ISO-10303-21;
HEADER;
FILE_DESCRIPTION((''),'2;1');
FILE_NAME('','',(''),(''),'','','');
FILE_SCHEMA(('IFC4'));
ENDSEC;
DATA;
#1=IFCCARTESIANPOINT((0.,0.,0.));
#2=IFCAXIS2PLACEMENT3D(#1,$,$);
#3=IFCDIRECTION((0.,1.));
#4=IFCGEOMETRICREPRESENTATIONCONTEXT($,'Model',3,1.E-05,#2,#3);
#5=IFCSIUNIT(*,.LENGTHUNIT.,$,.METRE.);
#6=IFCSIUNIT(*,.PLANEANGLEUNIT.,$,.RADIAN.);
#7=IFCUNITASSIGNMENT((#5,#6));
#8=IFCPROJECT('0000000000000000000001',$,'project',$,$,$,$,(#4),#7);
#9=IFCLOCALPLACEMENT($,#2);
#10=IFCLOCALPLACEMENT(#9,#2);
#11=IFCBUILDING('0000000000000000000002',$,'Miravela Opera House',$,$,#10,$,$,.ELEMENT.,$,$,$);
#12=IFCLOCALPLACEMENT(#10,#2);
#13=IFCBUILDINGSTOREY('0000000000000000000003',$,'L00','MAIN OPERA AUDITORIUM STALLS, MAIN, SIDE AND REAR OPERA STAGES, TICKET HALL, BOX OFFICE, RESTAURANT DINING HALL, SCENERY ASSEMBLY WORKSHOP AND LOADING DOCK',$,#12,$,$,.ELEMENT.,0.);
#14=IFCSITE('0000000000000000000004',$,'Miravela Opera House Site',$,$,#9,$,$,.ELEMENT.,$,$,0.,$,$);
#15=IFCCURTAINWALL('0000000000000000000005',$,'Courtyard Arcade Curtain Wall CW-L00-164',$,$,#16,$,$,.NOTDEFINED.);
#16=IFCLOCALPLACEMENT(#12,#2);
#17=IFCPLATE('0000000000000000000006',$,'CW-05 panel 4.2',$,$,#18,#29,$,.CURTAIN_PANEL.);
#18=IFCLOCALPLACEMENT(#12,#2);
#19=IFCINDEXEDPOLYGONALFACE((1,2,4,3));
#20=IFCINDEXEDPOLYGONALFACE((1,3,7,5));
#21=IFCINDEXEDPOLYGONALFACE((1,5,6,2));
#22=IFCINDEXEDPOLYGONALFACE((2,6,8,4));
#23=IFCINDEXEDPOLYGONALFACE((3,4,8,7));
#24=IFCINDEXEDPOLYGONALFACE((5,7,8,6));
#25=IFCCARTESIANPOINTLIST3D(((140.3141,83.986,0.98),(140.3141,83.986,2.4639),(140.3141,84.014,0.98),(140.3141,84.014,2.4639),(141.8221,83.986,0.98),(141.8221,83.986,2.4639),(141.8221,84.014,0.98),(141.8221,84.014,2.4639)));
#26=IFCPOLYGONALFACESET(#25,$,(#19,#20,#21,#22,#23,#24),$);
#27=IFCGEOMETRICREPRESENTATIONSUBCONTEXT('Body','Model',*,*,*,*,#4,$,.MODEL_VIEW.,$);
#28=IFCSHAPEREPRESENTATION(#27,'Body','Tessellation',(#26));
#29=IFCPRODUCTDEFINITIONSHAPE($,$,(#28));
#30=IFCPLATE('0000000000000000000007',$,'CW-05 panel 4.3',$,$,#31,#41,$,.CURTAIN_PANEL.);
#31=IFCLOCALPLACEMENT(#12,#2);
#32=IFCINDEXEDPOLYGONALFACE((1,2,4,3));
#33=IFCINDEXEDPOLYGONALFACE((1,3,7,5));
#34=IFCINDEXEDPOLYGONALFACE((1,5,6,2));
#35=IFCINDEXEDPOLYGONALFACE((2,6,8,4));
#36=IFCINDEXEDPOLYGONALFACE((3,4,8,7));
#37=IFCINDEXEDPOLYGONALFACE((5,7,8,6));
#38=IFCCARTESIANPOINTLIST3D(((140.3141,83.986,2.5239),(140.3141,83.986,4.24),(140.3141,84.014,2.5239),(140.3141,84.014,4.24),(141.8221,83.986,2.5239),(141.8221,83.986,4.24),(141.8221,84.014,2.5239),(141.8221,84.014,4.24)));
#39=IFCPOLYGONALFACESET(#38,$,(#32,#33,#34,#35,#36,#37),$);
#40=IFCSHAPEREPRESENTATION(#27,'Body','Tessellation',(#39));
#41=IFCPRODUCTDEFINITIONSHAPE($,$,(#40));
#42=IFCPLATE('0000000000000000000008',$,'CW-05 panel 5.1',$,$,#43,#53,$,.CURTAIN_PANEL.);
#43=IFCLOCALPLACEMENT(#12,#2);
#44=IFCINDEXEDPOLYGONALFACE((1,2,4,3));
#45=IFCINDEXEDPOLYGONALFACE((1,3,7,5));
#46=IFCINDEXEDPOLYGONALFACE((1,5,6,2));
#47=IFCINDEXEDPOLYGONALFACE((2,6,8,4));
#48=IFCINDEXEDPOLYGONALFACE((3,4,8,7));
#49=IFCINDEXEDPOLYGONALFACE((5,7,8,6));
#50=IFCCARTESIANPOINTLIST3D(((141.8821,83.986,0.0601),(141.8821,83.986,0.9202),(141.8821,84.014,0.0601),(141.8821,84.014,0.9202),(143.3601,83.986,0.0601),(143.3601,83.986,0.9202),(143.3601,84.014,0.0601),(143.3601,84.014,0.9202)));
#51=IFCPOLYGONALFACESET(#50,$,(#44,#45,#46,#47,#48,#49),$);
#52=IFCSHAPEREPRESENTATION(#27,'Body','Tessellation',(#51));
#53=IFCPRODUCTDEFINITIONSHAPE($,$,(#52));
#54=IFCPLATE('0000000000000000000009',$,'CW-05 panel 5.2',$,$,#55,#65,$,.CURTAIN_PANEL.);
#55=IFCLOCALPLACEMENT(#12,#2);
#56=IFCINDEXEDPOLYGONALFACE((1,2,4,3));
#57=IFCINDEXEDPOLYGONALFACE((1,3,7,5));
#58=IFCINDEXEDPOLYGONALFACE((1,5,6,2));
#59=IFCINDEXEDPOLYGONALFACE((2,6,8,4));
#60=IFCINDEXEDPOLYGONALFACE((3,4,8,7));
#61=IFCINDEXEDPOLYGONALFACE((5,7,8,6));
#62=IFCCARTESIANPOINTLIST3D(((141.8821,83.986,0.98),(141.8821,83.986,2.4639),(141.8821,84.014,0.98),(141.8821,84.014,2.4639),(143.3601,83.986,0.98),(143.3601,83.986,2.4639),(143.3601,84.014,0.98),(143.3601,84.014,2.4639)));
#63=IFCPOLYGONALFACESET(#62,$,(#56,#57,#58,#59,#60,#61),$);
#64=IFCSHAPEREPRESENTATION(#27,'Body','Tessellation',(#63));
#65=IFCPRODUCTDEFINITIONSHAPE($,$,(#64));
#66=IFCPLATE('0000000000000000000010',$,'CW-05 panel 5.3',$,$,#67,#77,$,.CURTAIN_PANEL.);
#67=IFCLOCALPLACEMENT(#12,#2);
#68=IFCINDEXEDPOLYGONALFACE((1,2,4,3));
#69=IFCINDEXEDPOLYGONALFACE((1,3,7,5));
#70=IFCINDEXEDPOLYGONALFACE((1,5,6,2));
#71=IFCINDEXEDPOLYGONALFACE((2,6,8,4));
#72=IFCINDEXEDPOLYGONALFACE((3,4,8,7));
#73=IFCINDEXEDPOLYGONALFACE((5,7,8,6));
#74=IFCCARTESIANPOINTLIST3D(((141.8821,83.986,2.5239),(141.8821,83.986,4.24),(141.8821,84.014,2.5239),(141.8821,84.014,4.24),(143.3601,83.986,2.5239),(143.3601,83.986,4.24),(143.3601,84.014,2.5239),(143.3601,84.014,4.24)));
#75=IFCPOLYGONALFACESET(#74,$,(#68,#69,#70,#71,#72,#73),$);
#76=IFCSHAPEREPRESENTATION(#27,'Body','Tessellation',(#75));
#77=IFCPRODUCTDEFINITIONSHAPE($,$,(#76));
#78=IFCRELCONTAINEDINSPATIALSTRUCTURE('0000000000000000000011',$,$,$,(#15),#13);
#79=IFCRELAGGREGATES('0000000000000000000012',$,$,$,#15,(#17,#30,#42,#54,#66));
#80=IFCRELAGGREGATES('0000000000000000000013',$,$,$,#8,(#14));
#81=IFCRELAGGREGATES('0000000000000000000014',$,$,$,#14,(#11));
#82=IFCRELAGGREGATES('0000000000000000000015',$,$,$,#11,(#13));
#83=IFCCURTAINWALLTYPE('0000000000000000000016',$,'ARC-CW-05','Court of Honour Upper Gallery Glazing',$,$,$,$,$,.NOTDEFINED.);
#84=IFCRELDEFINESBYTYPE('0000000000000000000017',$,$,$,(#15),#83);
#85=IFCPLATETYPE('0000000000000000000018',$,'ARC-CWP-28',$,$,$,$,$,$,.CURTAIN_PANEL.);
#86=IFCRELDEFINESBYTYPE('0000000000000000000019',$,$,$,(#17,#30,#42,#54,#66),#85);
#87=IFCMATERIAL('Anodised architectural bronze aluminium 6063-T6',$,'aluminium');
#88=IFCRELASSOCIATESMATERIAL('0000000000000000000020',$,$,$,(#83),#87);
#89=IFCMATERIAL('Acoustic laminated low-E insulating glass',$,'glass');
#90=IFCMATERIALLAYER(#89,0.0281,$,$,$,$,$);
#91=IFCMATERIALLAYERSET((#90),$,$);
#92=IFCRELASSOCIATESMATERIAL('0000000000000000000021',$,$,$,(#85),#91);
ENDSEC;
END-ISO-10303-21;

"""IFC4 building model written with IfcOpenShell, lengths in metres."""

from ifc_helpers import new_model, si_unit, direction, frame, origin, origin_2d, place, context, subcontext, project, spatial, rectangle, extrude, material, layer, layer_set, type_object, element, aggregate, save


model = new_model("IFC4")

# Units and contexts
model_context = context("Model", 3, precision=1e-05, world=origin(), true_north=direction((0.0, 1.0)))
body_context = subcontext(model_context, "Body", "Model", "MODEL_VIEW")
ifc_project = project(units=[si_unit("LENGTHUNIT", "METRE"), si_unit("PLANEANGLEUNIT", "RADIAN")], contexts=[model_context])

# Site, building, storey
site_placement = place(None, origin())
site = spatial("IfcSite", under=ifc_project, at=site_placement, Name="Miravela Opera House Site", CompositionType="ELEMENT", RefElevation=0.0)
building_placement = place(site_placement, origin())
building = spatial("IfcBuilding", under=site, at=building_placement, Name="Miravela Opera House", CompositionType="ELEMENT")
storey_placement = place(building_placement, origin())
storey = spatial("IfcBuildingStorey", under=building, at=storey_placement, Name="L00", Description="MAIN OPERA AUDITORIUM STALLS, MAIN, SIDE AND REAR OPERA STAGES, TICKET HALL, BOX OFFICE, RESTAURANT DINING HALL, SCENERY ASSEMBLY WORKSHOP AND LOADING DOCK", CompositionType="ELEMENT", Elevation=0.0)

# Curtain wall, plates
ifc_material_1 = material(Name="Anodised architectural bronze aluminium 6063-T6", Category="aluminium")
curtain_wall_type = type_object("IfcCurtainWallType", Name="ARC-CW-05", Description="Court of Honour Upper Gallery Glazing", PredefinedType="NOTDEFINED", material=ifc_material_1)
curtain_wall_placement = place(storey_placement, origin())
curtain_wall = element("IfcCurtainWall", 1, at=curtain_wall_placement, inside=storey, type_object=curtain_wall_type, Name="Courtyard Arcade Curtain Wall CW-L00-164", PredefinedType="NOTDEFINED")
ifc_material_2 = material(Name="Acoustic laminated low-E insulating glass", Category="glass")
ifc_layer = layer(ifc_material_2, 0.0281)
ifc_layer_set = layer_set([ifc_layer])
plate_type = type_object("IfcPlateType", Name="ARC-CWP-28", PredefinedType="CURTAIN_PANEL", material=ifc_layer_set)
plate_1_placement = place(storey_placement, frame((141.0681, 84.0, 0.98), z_axis=(0.0, 0.0, 1.0), x_axis=(1.0, 0.0, 0.0)))
plate_1 = element("IfcPlate", 2, at=plate_1_placement, type_object=plate_type, Name="CW-05 panel 4.2", PredefinedType="CURTAIN_PANEL", context=body_context, shape_type="SweptSolid", body=[
    extrude(rectangle(XDim=1.5081, YDim=0.0281, at=origin_2d()), origin(), (0.0, 0.0, 1.0), 1.4839),
])
plate_2_placement = place(storey_placement, frame((141.0681, 84.0, 2.5239), z_axis=(0.0, 0.0, 1.0), x_axis=(1.0, 0.0, 0.0)))
plate_2 = element("IfcPlate", 3, at=plate_2_placement, type_object=plate_type, Name="CW-05 panel 4.3", PredefinedType="CURTAIN_PANEL", context=body_context, shape_type="SweptSolid", body=[
    extrude(rectangle(XDim=1.5081, YDim=0.0281, at=origin_2d()), origin(), (0.0, 0.0, 1.0), 1.7161),
])
plate_3_placement = place(storey_placement, frame((142.6211, 84.0, 0.0601), z_axis=(0.0, 0.0, 1.0), x_axis=(1.0, 0.0, 0.0)))
plate_3 = element("IfcPlate", 4, at=plate_3_placement, type_object=plate_type, Name="CW-05 panel 5.1", PredefinedType="CURTAIN_PANEL", context=body_context, shape_type="SweptSolid", body=[
    extrude(rectangle(XDim=1.478, YDim=0.0281, at=origin_2d()), origin(), (0.0, 0.0, 1.0), 0.8601),
])
plate_4_placement = place(storey_placement, frame((142.6211, 84.0, 0.98), z_axis=(0.0, 0.0, 1.0), x_axis=(1.0, 0.0, 0.0)))
plate_4 = element("IfcPlate", 5, at=plate_4_placement, type_object=plate_type, Name="CW-05 panel 5.2", PredefinedType="CURTAIN_PANEL", context=body_context, shape_type="SweptSolid", body=[
    extrude(rectangle(XDim=1.478, YDim=0.0281, at=origin_2d()), origin(), (0.0, 0.0, 1.0), 1.4839),
])
plate_5_placement = place(storey_placement, frame((142.6211, 84.0, 2.5239), z_axis=(0.0, 0.0, 1.0), x_axis=(1.0, 0.0, 0.0)))
plate_5 = element("IfcPlate", 6, at=plate_5_placement, type_object=plate_type, Name="CW-05 panel 5.3", PredefinedType="CURTAIN_PANEL", context=body_context, shape_type="SweptSolid", body=[
    extrude(rectangle(XDim=1.478, YDim=0.0281, at=origin_2d()), origin(), (0.0, 0.0, 1.0), 1.7161),
])
aggregate(curtain_wall, [plate_1, plate_2, plate_3, plate_4, plate_5])

save(model, "model.ifc")
